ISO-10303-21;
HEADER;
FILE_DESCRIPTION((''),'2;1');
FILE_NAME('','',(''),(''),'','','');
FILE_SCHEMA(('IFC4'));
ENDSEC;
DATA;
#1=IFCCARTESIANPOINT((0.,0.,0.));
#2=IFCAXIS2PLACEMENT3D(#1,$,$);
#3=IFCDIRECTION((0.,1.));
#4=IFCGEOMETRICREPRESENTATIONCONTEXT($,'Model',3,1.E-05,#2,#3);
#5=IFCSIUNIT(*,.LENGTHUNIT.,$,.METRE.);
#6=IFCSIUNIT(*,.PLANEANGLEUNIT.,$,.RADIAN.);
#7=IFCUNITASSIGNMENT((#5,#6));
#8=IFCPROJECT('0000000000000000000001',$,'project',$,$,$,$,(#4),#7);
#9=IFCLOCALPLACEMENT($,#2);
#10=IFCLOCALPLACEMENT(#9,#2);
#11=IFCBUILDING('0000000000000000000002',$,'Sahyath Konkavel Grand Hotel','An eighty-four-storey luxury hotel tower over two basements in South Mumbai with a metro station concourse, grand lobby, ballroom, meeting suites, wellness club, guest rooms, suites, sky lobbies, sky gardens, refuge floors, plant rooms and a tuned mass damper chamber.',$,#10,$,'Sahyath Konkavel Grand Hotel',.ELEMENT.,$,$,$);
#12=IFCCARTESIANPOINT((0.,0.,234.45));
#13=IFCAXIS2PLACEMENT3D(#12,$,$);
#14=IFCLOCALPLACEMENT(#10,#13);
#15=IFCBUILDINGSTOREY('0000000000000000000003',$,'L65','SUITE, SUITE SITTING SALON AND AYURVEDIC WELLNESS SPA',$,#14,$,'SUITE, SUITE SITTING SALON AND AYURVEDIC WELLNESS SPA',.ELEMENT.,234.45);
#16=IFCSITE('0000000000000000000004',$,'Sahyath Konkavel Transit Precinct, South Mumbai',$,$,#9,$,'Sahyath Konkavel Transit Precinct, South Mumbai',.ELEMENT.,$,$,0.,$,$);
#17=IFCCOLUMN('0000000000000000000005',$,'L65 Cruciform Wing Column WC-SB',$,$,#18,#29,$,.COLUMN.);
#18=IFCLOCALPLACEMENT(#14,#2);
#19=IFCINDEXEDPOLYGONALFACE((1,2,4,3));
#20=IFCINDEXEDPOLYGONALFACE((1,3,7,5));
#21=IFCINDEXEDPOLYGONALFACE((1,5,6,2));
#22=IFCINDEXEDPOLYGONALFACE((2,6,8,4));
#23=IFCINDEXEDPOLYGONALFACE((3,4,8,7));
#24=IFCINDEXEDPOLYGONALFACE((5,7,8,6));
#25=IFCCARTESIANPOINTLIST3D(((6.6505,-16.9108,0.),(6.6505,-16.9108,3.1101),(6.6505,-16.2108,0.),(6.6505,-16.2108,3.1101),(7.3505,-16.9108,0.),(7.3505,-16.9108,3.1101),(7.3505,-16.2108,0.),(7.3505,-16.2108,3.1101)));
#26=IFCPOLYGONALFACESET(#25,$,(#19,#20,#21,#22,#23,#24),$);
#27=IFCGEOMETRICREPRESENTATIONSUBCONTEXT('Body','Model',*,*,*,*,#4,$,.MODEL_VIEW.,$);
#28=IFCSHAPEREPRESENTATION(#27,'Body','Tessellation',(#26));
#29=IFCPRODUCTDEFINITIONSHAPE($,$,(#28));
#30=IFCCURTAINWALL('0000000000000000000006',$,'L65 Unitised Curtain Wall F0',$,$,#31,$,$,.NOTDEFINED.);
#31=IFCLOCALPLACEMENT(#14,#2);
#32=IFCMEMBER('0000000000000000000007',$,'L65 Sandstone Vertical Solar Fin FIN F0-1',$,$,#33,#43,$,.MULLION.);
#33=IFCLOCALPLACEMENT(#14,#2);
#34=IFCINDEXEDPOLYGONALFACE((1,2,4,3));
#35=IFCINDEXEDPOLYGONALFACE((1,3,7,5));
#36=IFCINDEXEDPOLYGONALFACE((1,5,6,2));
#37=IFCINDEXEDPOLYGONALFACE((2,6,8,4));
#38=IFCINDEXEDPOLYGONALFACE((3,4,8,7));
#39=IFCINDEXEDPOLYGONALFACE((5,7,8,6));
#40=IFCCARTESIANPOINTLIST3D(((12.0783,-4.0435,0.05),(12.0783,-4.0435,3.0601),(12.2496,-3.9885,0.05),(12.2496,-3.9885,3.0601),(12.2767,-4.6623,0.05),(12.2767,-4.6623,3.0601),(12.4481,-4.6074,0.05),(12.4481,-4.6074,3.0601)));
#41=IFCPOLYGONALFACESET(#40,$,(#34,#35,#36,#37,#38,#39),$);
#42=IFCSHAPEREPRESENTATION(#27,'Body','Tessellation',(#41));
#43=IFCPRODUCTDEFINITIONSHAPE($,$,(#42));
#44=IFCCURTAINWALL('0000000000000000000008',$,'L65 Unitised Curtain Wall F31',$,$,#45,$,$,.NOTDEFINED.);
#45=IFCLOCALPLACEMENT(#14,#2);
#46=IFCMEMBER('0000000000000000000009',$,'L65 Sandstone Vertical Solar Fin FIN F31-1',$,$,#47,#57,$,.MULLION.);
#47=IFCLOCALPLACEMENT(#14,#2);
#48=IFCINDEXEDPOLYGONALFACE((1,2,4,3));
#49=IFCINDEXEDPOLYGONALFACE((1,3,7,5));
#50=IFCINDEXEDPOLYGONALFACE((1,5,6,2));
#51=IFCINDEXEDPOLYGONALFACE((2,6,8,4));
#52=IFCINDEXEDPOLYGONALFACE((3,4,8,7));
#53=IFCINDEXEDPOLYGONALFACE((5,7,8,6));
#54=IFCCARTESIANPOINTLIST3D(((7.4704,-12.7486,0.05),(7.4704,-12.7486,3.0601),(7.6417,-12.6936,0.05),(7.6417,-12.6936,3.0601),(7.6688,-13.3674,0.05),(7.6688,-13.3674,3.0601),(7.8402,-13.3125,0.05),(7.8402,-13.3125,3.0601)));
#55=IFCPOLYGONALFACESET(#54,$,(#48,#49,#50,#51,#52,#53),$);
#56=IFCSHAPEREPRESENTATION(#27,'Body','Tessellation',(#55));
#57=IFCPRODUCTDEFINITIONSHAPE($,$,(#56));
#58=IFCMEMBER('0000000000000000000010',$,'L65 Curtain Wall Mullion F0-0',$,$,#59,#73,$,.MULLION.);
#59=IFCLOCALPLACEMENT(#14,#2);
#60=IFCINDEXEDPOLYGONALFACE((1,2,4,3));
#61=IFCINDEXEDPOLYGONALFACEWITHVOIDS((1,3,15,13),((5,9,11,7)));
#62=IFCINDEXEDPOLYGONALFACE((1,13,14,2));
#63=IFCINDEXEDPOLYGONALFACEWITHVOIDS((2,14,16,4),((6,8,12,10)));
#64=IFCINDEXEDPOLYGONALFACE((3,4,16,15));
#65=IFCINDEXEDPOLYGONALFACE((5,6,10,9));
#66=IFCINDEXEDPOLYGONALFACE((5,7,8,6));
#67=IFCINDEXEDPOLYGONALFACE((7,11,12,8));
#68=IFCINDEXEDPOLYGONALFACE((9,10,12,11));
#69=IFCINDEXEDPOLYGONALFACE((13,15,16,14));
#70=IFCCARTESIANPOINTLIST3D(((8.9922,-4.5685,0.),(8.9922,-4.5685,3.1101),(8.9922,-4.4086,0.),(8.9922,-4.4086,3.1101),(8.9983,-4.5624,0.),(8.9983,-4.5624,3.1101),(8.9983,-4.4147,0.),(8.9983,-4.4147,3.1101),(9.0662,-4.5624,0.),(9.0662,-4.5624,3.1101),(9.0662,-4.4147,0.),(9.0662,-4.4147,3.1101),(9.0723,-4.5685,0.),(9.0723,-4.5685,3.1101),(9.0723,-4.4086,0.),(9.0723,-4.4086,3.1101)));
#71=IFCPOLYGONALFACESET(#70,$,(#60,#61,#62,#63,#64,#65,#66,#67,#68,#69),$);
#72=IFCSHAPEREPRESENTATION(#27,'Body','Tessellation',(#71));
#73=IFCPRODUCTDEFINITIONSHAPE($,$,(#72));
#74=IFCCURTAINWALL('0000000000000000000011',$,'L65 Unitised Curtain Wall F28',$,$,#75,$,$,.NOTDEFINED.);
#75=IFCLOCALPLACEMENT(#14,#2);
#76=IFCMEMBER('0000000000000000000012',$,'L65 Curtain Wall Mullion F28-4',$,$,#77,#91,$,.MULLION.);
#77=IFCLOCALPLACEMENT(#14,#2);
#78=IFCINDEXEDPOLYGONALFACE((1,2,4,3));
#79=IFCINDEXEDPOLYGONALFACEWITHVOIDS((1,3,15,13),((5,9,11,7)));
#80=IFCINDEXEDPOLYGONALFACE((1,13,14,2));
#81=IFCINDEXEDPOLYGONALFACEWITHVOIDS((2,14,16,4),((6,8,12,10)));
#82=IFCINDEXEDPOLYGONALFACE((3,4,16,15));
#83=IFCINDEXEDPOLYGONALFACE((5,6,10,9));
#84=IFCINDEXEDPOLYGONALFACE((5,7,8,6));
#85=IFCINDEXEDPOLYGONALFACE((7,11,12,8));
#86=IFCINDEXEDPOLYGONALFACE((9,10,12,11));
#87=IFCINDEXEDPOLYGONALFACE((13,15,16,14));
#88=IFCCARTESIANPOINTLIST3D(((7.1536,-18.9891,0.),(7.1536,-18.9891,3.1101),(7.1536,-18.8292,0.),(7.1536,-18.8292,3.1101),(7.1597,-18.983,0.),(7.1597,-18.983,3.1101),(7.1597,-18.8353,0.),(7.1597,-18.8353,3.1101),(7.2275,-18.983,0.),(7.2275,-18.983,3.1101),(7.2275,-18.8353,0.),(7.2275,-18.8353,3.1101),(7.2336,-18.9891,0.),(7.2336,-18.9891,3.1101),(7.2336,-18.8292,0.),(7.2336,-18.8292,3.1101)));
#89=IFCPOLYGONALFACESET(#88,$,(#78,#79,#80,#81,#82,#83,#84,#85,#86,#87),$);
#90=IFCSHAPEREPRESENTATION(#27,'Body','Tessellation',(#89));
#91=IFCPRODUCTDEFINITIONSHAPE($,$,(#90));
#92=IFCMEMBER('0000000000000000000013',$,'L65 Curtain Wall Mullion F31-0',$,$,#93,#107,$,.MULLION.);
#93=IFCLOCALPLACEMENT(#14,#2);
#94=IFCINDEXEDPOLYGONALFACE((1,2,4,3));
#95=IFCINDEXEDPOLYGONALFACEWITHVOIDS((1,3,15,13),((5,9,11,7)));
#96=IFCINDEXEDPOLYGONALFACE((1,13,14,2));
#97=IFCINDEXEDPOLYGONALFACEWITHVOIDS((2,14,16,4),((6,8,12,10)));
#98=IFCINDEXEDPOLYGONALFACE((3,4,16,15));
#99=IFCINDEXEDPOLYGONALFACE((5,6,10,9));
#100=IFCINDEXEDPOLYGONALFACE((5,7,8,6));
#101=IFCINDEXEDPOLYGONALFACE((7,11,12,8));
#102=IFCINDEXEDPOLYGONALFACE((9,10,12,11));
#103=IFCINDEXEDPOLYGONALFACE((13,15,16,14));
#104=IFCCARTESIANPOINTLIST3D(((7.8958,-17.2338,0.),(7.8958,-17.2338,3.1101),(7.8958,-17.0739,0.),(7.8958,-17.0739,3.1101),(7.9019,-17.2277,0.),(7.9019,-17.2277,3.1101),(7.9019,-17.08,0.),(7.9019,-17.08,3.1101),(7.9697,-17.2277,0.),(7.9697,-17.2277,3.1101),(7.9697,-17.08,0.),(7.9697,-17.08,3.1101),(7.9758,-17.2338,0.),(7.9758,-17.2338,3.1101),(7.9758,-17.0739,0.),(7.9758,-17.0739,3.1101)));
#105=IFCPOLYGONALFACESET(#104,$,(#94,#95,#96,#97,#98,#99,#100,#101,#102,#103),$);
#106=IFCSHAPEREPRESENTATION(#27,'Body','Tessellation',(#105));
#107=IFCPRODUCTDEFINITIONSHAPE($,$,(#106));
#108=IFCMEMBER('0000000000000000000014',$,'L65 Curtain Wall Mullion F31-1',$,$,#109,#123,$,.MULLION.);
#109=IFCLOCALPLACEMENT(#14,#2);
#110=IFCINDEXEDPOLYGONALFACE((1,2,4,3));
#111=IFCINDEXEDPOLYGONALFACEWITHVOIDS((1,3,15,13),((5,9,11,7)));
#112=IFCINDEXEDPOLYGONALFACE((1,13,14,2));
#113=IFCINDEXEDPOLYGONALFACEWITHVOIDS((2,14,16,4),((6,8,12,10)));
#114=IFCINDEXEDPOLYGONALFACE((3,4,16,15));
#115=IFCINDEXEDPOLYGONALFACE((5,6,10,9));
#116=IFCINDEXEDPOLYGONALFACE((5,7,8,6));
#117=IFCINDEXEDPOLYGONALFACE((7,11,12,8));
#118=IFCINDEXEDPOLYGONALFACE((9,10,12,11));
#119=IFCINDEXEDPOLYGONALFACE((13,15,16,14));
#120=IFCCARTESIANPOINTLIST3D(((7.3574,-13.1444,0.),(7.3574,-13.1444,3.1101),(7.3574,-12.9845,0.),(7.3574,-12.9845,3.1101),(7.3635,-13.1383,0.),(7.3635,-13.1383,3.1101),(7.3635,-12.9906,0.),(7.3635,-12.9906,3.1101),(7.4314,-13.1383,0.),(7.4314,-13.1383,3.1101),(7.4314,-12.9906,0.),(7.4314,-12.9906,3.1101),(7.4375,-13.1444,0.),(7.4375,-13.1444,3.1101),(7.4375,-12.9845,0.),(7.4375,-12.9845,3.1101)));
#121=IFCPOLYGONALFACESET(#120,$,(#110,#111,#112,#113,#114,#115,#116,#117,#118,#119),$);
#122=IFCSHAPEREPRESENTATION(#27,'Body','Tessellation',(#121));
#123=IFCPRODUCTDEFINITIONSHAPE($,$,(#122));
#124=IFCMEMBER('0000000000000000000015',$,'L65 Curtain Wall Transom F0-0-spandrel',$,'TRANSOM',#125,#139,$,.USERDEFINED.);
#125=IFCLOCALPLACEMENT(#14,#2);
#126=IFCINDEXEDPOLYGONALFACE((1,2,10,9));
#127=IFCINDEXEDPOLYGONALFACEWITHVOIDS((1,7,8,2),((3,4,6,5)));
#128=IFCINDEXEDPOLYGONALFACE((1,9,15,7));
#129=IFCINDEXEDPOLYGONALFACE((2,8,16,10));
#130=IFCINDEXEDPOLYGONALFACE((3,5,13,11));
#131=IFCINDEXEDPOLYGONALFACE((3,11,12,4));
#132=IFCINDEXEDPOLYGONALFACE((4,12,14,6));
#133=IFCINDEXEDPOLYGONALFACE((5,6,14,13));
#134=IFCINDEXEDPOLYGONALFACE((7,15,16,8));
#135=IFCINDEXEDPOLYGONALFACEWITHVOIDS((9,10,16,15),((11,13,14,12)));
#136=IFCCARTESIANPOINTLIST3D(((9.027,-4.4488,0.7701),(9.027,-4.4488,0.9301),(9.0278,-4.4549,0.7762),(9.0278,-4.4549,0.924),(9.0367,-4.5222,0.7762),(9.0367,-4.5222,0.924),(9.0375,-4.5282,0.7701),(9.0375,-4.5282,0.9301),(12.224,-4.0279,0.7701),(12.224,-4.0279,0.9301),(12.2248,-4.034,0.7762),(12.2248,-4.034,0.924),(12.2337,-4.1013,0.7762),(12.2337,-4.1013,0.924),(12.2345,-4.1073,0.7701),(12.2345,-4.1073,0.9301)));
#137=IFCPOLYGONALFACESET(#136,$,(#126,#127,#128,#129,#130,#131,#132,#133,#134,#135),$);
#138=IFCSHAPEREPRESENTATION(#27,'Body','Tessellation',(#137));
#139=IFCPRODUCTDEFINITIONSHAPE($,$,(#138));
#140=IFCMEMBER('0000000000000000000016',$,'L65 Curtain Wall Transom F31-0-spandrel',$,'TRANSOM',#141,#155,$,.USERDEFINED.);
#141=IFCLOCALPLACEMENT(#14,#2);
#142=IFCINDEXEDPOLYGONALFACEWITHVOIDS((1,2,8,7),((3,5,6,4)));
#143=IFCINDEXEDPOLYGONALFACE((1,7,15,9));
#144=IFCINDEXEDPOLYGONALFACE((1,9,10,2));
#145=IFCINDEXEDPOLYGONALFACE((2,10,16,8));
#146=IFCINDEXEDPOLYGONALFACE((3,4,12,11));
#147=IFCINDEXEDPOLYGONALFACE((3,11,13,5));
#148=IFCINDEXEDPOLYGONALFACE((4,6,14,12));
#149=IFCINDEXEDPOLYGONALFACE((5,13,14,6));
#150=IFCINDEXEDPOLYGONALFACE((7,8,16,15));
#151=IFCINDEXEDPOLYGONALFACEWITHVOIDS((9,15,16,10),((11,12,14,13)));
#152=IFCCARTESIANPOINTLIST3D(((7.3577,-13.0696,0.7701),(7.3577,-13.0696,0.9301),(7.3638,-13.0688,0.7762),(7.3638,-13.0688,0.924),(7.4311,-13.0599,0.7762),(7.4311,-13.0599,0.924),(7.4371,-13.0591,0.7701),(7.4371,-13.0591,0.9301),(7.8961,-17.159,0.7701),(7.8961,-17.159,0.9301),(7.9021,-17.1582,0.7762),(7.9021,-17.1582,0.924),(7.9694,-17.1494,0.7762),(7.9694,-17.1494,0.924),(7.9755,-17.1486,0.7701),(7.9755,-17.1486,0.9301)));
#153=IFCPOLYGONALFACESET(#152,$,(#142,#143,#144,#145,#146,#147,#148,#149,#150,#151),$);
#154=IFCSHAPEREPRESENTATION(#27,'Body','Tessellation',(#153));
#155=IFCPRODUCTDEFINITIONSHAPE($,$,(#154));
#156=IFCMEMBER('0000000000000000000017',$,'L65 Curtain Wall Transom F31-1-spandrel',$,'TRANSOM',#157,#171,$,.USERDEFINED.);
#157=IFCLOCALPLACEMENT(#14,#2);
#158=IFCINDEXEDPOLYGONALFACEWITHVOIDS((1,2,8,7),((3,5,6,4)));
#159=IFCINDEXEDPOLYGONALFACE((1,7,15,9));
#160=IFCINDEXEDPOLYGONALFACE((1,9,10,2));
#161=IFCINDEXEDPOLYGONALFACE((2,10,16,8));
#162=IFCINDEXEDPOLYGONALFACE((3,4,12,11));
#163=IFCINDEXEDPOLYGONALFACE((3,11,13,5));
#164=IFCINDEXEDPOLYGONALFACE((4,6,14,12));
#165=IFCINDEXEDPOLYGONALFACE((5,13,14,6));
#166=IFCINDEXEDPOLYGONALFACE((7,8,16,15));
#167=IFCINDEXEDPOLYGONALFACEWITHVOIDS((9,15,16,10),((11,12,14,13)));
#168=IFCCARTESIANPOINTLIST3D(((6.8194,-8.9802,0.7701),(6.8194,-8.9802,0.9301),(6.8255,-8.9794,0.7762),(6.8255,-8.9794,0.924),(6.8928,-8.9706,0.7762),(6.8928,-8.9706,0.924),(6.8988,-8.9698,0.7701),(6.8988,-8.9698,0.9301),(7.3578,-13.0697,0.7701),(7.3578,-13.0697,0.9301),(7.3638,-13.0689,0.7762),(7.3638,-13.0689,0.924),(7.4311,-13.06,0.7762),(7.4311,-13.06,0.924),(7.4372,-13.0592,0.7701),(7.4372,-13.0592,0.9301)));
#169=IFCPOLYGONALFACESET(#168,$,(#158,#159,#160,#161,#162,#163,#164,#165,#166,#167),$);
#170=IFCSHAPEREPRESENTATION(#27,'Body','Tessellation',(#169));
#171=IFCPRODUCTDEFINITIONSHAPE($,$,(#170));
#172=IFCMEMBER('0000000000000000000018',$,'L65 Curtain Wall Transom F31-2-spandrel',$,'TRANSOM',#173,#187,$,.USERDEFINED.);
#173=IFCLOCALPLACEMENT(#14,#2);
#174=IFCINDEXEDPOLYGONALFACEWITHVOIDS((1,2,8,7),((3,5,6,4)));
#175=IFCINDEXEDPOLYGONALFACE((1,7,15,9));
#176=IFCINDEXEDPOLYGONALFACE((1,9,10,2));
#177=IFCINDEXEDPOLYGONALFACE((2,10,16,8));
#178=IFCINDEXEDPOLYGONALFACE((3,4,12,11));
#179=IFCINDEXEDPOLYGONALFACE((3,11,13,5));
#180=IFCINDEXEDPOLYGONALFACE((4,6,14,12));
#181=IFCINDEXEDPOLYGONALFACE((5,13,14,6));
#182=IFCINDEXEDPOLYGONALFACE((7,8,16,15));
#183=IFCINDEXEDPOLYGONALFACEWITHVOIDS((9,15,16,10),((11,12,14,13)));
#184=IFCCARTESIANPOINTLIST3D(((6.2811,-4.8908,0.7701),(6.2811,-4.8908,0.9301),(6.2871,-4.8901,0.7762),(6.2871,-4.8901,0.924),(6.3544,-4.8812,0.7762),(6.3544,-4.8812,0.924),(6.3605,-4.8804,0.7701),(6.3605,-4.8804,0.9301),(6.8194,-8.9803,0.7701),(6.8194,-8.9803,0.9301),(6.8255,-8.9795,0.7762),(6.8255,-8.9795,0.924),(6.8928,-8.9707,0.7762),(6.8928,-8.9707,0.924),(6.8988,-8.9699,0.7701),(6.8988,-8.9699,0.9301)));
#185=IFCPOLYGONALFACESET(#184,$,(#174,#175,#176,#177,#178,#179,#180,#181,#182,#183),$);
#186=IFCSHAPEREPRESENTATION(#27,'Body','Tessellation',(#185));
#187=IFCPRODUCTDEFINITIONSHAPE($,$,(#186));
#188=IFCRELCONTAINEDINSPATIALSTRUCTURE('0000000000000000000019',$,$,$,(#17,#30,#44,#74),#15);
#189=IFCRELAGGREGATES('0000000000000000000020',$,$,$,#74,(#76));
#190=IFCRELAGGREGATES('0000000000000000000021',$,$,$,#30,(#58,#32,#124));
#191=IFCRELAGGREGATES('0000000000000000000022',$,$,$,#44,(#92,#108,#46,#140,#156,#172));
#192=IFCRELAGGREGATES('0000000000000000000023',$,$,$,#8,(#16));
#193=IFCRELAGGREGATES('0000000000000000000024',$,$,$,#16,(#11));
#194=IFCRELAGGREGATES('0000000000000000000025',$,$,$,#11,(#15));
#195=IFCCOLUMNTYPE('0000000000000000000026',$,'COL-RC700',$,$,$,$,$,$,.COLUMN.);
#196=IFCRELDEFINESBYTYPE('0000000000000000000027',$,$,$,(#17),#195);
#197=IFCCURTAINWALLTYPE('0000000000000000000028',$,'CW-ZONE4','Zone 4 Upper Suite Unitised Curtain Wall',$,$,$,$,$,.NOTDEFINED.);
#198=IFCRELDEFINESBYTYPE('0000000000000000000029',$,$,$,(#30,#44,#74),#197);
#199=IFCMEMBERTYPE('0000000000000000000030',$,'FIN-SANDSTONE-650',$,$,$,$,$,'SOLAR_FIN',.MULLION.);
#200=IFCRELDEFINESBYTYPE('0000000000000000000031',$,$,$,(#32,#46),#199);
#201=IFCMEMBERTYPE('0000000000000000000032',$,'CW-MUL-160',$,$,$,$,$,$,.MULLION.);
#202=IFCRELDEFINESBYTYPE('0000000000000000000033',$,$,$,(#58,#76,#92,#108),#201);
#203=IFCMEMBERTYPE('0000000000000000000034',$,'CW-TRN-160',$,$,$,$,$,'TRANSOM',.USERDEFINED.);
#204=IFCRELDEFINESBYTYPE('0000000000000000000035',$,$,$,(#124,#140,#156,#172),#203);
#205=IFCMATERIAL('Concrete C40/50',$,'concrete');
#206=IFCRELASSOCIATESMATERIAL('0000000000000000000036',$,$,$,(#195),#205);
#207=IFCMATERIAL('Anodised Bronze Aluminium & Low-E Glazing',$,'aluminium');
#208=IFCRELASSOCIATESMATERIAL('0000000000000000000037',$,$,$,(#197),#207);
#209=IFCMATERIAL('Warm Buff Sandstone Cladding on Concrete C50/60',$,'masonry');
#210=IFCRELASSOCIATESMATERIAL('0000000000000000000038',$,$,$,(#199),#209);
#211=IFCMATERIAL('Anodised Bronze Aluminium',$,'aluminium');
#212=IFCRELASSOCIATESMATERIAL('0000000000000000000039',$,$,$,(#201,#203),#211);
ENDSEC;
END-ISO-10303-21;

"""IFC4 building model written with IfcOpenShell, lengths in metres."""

from ifc_helpers import new_model, si_unit, direction, frame, origin, origin_2d, place, context, subcontext, project, spatial, rectangle, hollow_rectangle, extrude, source, transform, mapped, material, material_profile, profile_set, type_object, element, aggregate, save


model = new_model("IFC4")

# Units and contexts
model_context = context("Model", 3, precision=1e-05, world=origin(), true_north=direction((0.0, 1.0)))
body_context = subcontext(model_context, "Body", "Model", "MODEL_VIEW")
ifc_project = project(units=[si_unit("LENGTHUNIT", "METRE"), si_unit("PLANEANGLEUNIT", "RADIAN")], contexts=[model_context])

# Site, building, storey
site_placement = place(None, origin())
site = spatial("IfcSite", under=ifc_project, at=site_placement, Name="Sahyath Konkavel Transit Precinct, South Mumbai", LongName="Sahyath Konkavel Transit Precinct, South Mumbai", CompositionType="ELEMENT", RefElevation=0.0)
building_placement = place(site_placement, origin())
building = spatial("IfcBuilding", under=site, at=building_placement, Name="Sahyath Konkavel Grand Hotel", Description="An eighty-four-storey luxury hotel tower over two basements in South Mumbai with a metro station concourse, grand lobby, ballroom, meeting suites, wellness club, guest rooms, suites, sky lobbies, sky gardens, refuge floors, plant rooms and a tuned mass damper chamber.", LongName="Sahyath Konkavel Grand Hotel", CompositionType="ELEMENT")
storey_placement = place(building_placement, frame((0.0, 0.0, 234.45)))
storey = spatial("IfcBuildingStorey", under=building, at=storey_placement, Name="L65", Description="SUITE, SUITE SITTING SALON AND AYURVEDIC WELLNESS SPA", LongName="SUITE, SUITE SITTING SALON AND AYURVEDIC WELLNESS SPA", CompositionType="ELEMENT", Elevation=234.45)

# Column
ifc_material_1 = material(Name="Concrete C40/50", Category="concrete")
ifc_material_profile_1 = material_profile(ifc_material_1, rectangle(XDim=0.7, YDim=0.7, at=origin_2d()), Name="RC 700x700")
ifc_profile_set_1 = profile_set([ifc_material_profile_1], Name="Concrete C40/50")
column_type = type_object("IfcColumnType", Name="COL-RC700", PredefinedType="COLUMN", material=ifc_profile_set_1)
shared_shape_1 = source(origin(), body_context, "Body", "SweptSolid", [
    extrude(rectangle(XDim=0.7, YDim=0.7, at=origin_2d()), origin(), (0.0, 0.0, 1.0), 3.1101),
])
column_placement = place(storey_placement, frame((7.0005, -16.5608, 0.0), z_axis=(0.0, 0.0, 1.0), x_axis=(1.0, 0.0, 0.0)))
element("IfcColumn", 1, at=column_placement, inside=storey, type_object=column_type, Name="L65 Cruciform Wing Column WC-SB", PredefinedType="COLUMN", context=body_context, shape_type="MappedRepresentation", body=[
    mapped(shared_shape_1, transform((0.0, 0.0, 0.0), scale=1.0)),
])

# Curtain walls, members
ifc_material_2 = material(Name="Anodised Bronze Aluminium & Low-E Glazing", Category="aluminium")
curtain_wall_type = type_object("IfcCurtainWallType", Name="CW-ZONE4", Description="Zone 4 Upper Suite Unitised Curtain Wall", PredefinedType="NOTDEFINED", material=ifc_material_2)
curtain_wall_1_placement = place(storey_placement, origin())
curtain_wall_1 = element("IfcCurtainWall", 2, at=curtain_wall_1_placement, inside=storey, type_object=curtain_wall_type, Name="L65 Unitised Curtain Wall F0", PredefinedType="NOTDEFINED")
ifc_material_3 = material(Name="Warm Buff Sandstone Cladding on Concrete C50/60", Category="masonry")
ifc_material_profile_2 = material_profile(ifc_material_3, rectangle(XDim=0.1799, YDim=0.6499, at=origin_2d()), Name="FIN 180x650")
ifc_profile_set_2 = profile_set([ifc_material_profile_2], Name="Warm Buff Sandstone Cladding on Concrete C50/60")
member_type_1 = type_object("IfcMemberType", Name="FIN-SANDSTONE-650", ElementType="SOLAR_FIN", PredefinedType="MULLION", material=ifc_profile_set_2)
shared_shape_2 = source(origin(), body_context, "Body", "SweptSolid", [
    extrude(rectangle(XDim=0.1799, YDim=0.6499, at=origin_2d()), origin(), (0.0, 0.0, 1.0), 3.01),
])
member_1_placement = place(storey_placement, frame((12.2632, -4.3254, 0.05), z_axis=(0.0, 0.0, 1.0), x_axis=(0.952236, 0.305363, 0.0)))
member_1 = element("IfcMember", 3, at=member_1_placement, type_object=member_type_1, Name="L65 Sandstone Vertical Solar Fin FIN F0-1", PredefinedType="MULLION", context=body_context, shape_type="MappedRepresentation", body=[
    mapped(shared_shape_2, transform((0.0, 0.0, 0.0), scale=1.0)),
])
curtain_wall_2_placement = place(storey_placement, origin())
curtain_wall_2 = element("IfcCurtainWall", 4, at=curtain_wall_2_placement, inside=storey, type_object=curtain_wall_type, Name="L65 Unitised Curtain Wall F31", PredefinedType="NOTDEFINED")
member_2_placement = place(storey_placement, frame((7.6553, -13.0305, 0.05), z_axis=(0.0, 0.0, 1.0), x_axis=(0.952236, 0.305363, 0.0)))
member_2 = element("IfcMember", 5, at=member_2_placement, type_object=member_type_1, Name="L65 Sandstone Vertical Solar Fin FIN F31-1", PredefinedType="MULLION", context=body_context, shape_type="MappedRepresentation", body=[
    mapped(shared_shape_2, transform((0.0, 0.0, 0.0), scale=1.0)),
])

# Member
ifc_material_4 = material(Name="Anodised Bronze Aluminium", Category="aluminium")
ifc_material_profile_3 = material_profile(ifc_material_4, hollow_rectangle(XDim=0.0801, YDim=0.1599, WallThickness=0.0061, at=origin_2d()), Name="RHS 160x80x6")
ifc_profile_set_3 = profile_set([ifc_material_profile_3], Name="Anodised Bronze Aluminium")
member_type_2 = type_object("IfcMemberType", Name="CW-MUL-160", PredefinedType="MULLION", material=ifc_profile_set_3)
shared_shape_3 = source(origin(), body_context, "Body", "SweptSolid", [
    extrude(hollow_rectangle(XDim=0.0801, YDim=0.1599, WallThickness=0.0061, at=origin_2d()), origin(), (0.0, 0.0, 1.0), 3.1101),
])
member_3_placement = place(storey_placement, frame((9.0322, -4.4885, 0.0), z_axis=(0.0, 0.0, 1.0), x_axis=(1.0, 0.0, 0.0)))
member_3 = element("IfcMember", 6, at=member_3_placement, type_object=member_type_2, Name="L65 Curtain Wall Mullion F0-0", PredefinedType="MULLION", context=body_context, shape_type="MappedRepresentation", body=[
    mapped(shared_shape_3, transform((0.0, 0.0, 0.0), scale=1.0)),
])

# Curtain wall, member
curtain_wall_3_placement = place(storey_placement, origin())
curtain_wall_3 = element("IfcCurtainWall", 7, at=curtain_wall_3_placement, inside=storey, type_object=curtain_wall_type, Name="L65 Unitised Curtain Wall F28", PredefinedType="NOTDEFINED")
member_4_placement = place(storey_placement, frame((7.1936, -18.9092, 0.0), z_axis=(0.0, 0.0, 1.0), x_axis=(1.0, 0.0, 0.0)))
member_4 = element("IfcMember", 8, at=member_4_placement, type_object=member_type_2, Name="L65 Curtain Wall Mullion F28-4", PredefinedType="MULLION", context=body_context, shape_type="MappedRepresentation", body=[
    mapped(shared_shape_3, transform((0.0, 0.0, 0.0), scale=1.0)),
])
aggregate(curtain_wall_3, [member_4])

# Members
member_5_placement = place(storey_placement, frame((7.9358, -17.1538, 0.0), z_axis=(0.0, 0.0, 1.0), x_axis=(1.0, 0.0, 0.0)))
member_5 = element("IfcMember", 9, at=member_5_placement, type_object=member_type_2, Name="L65 Curtain Wall Mullion F31-0", PredefinedType="MULLION", context=body_context, shape_type="MappedRepresentation", body=[
    mapped(shared_shape_3, transform((0.0, 0.0, 0.0), scale=1.0)),
])
member_6_placement = place(storey_placement, frame((7.3975, -13.0645, 0.0), z_axis=(0.0, 0.0, 1.0), x_axis=(1.0, 0.0, 0.0)))
member_6 = element("IfcMember", 10, at=member_6_placement, type_object=member_type_2, Name="L65 Curtain Wall Mullion F31-1", PredefinedType="MULLION", context=body_context, shape_type="MappedRepresentation", body=[
    mapped(shared_shape_3, transform((0.0, 0.0, 0.0), scale=1.0)),
])
ifc_material_profile_4 = material_profile(ifc_material_4, hollow_rectangle(XDim=0.0801, YDim=0.1599, WallThickness=0.0061, at=origin_2d()), Name="RHS 160x80x6")
ifc_profile_set_4 = profile_set([ifc_material_profile_4], Name="Anodised Bronze Aluminium")
member_type_3 = type_object("IfcMemberType", Name="CW-TRN-160", ElementType="TRANSOM", PredefinedType="USERDEFINED", material=ifc_profile_set_4)
shared_shape_4 = source(origin(), body_context, "Body", "SweptSolid", [
    extrude(hollow_rectangle(XDim=0.0801, YDim=0.1599, WallThickness=0.0061, at=origin_2d()), origin(), (0.0, 0.0, 1.0), 3.2246),
])
member_7_placement = place(storey_placement, frame((9.0322, -4.4885, 0.8501), z_axis=(0.991445, 0.130527, 0.0), x_axis=(-0.130527, 0.991445, 0.0)))
member_7 = element("IfcMember", 11, at=member_7_placement, type_object=member_type_3, Name="L65 Curtain Wall Transom F0-0-spandrel", ObjectType="TRANSOM", PredefinedType="USERDEFINED", context=body_context, shape_type="MappedRepresentation", body=[
    mapped(shared_shape_4, transform((0.0, 0.0, 0.0), scale=1.0)),
])
shared_shape_5 = source(origin(), body_context, "Body", "SweptSolid", [
    extrude(hollow_rectangle(XDim=0.0801, YDim=0.1599, WallThickness=0.0061, at=origin_2d()), origin(), (0.0, 0.0, 1.0), 4.1248),
])
member_8_placement = place(storey_placement, frame((7.9358, -17.1538, 0.8501), z_axis=(-0.130516, 0.991446, 0.0), x_axis=(-0.991446, -0.130516, 0.0)))
member_8 = element("IfcMember", 12, at=member_8_placement, type_object=member_type_3, Name="L65 Curtain Wall Transom F31-0-spandrel", ObjectType="TRANSOM", PredefinedType="USERDEFINED", context=body_context, shape_type="MappedRepresentation", body=[
    mapped(shared_shape_5, transform((0.0, 0.0, 0.0), scale=1.0)),
])
member_9_placement = place(storey_placement, frame((7.3975, -13.0645, 0.8501), z_axis=(-0.130516, 0.991446, 0.0), x_axis=(-0.991446, -0.130516, 0.0)))
member_9 = element("IfcMember", 13, at=member_9_placement, type_object=member_type_3, Name="L65 Curtain Wall Transom F31-1-spandrel", ObjectType="TRANSOM", PredefinedType="USERDEFINED", context=body_context, shape_type="MappedRepresentation", body=[
    mapped(shared_shape_5, transform((0.0, 0.0, 0.0), scale=1.0)),
])
member_10_placement = place(storey_placement, frame((6.8591, -8.9751, 0.8501), z_axis=(-0.130516, 0.991446, 0.0), x_axis=(-0.991446, -0.130516, 0.0)))
member_10 = element("IfcMember", 14, at=member_10_placement, type_object=member_type_3, Name="L65 Curtain Wall Transom F31-2-spandrel", ObjectType="TRANSOM", PredefinedType="USERDEFINED", context=body_context, shape_type="MappedRepresentation", body=[
    mapped(shared_shape_5, transform((0.0, 0.0, 0.0), scale=1.0)),
])

aggregate(curtain_wall_1, [member_3, member_1, member_7])
aggregate(curtain_wall_2, [member_5, member_6, member_2, member_8, member_9, member_10])

save(model, "model.ifc")
